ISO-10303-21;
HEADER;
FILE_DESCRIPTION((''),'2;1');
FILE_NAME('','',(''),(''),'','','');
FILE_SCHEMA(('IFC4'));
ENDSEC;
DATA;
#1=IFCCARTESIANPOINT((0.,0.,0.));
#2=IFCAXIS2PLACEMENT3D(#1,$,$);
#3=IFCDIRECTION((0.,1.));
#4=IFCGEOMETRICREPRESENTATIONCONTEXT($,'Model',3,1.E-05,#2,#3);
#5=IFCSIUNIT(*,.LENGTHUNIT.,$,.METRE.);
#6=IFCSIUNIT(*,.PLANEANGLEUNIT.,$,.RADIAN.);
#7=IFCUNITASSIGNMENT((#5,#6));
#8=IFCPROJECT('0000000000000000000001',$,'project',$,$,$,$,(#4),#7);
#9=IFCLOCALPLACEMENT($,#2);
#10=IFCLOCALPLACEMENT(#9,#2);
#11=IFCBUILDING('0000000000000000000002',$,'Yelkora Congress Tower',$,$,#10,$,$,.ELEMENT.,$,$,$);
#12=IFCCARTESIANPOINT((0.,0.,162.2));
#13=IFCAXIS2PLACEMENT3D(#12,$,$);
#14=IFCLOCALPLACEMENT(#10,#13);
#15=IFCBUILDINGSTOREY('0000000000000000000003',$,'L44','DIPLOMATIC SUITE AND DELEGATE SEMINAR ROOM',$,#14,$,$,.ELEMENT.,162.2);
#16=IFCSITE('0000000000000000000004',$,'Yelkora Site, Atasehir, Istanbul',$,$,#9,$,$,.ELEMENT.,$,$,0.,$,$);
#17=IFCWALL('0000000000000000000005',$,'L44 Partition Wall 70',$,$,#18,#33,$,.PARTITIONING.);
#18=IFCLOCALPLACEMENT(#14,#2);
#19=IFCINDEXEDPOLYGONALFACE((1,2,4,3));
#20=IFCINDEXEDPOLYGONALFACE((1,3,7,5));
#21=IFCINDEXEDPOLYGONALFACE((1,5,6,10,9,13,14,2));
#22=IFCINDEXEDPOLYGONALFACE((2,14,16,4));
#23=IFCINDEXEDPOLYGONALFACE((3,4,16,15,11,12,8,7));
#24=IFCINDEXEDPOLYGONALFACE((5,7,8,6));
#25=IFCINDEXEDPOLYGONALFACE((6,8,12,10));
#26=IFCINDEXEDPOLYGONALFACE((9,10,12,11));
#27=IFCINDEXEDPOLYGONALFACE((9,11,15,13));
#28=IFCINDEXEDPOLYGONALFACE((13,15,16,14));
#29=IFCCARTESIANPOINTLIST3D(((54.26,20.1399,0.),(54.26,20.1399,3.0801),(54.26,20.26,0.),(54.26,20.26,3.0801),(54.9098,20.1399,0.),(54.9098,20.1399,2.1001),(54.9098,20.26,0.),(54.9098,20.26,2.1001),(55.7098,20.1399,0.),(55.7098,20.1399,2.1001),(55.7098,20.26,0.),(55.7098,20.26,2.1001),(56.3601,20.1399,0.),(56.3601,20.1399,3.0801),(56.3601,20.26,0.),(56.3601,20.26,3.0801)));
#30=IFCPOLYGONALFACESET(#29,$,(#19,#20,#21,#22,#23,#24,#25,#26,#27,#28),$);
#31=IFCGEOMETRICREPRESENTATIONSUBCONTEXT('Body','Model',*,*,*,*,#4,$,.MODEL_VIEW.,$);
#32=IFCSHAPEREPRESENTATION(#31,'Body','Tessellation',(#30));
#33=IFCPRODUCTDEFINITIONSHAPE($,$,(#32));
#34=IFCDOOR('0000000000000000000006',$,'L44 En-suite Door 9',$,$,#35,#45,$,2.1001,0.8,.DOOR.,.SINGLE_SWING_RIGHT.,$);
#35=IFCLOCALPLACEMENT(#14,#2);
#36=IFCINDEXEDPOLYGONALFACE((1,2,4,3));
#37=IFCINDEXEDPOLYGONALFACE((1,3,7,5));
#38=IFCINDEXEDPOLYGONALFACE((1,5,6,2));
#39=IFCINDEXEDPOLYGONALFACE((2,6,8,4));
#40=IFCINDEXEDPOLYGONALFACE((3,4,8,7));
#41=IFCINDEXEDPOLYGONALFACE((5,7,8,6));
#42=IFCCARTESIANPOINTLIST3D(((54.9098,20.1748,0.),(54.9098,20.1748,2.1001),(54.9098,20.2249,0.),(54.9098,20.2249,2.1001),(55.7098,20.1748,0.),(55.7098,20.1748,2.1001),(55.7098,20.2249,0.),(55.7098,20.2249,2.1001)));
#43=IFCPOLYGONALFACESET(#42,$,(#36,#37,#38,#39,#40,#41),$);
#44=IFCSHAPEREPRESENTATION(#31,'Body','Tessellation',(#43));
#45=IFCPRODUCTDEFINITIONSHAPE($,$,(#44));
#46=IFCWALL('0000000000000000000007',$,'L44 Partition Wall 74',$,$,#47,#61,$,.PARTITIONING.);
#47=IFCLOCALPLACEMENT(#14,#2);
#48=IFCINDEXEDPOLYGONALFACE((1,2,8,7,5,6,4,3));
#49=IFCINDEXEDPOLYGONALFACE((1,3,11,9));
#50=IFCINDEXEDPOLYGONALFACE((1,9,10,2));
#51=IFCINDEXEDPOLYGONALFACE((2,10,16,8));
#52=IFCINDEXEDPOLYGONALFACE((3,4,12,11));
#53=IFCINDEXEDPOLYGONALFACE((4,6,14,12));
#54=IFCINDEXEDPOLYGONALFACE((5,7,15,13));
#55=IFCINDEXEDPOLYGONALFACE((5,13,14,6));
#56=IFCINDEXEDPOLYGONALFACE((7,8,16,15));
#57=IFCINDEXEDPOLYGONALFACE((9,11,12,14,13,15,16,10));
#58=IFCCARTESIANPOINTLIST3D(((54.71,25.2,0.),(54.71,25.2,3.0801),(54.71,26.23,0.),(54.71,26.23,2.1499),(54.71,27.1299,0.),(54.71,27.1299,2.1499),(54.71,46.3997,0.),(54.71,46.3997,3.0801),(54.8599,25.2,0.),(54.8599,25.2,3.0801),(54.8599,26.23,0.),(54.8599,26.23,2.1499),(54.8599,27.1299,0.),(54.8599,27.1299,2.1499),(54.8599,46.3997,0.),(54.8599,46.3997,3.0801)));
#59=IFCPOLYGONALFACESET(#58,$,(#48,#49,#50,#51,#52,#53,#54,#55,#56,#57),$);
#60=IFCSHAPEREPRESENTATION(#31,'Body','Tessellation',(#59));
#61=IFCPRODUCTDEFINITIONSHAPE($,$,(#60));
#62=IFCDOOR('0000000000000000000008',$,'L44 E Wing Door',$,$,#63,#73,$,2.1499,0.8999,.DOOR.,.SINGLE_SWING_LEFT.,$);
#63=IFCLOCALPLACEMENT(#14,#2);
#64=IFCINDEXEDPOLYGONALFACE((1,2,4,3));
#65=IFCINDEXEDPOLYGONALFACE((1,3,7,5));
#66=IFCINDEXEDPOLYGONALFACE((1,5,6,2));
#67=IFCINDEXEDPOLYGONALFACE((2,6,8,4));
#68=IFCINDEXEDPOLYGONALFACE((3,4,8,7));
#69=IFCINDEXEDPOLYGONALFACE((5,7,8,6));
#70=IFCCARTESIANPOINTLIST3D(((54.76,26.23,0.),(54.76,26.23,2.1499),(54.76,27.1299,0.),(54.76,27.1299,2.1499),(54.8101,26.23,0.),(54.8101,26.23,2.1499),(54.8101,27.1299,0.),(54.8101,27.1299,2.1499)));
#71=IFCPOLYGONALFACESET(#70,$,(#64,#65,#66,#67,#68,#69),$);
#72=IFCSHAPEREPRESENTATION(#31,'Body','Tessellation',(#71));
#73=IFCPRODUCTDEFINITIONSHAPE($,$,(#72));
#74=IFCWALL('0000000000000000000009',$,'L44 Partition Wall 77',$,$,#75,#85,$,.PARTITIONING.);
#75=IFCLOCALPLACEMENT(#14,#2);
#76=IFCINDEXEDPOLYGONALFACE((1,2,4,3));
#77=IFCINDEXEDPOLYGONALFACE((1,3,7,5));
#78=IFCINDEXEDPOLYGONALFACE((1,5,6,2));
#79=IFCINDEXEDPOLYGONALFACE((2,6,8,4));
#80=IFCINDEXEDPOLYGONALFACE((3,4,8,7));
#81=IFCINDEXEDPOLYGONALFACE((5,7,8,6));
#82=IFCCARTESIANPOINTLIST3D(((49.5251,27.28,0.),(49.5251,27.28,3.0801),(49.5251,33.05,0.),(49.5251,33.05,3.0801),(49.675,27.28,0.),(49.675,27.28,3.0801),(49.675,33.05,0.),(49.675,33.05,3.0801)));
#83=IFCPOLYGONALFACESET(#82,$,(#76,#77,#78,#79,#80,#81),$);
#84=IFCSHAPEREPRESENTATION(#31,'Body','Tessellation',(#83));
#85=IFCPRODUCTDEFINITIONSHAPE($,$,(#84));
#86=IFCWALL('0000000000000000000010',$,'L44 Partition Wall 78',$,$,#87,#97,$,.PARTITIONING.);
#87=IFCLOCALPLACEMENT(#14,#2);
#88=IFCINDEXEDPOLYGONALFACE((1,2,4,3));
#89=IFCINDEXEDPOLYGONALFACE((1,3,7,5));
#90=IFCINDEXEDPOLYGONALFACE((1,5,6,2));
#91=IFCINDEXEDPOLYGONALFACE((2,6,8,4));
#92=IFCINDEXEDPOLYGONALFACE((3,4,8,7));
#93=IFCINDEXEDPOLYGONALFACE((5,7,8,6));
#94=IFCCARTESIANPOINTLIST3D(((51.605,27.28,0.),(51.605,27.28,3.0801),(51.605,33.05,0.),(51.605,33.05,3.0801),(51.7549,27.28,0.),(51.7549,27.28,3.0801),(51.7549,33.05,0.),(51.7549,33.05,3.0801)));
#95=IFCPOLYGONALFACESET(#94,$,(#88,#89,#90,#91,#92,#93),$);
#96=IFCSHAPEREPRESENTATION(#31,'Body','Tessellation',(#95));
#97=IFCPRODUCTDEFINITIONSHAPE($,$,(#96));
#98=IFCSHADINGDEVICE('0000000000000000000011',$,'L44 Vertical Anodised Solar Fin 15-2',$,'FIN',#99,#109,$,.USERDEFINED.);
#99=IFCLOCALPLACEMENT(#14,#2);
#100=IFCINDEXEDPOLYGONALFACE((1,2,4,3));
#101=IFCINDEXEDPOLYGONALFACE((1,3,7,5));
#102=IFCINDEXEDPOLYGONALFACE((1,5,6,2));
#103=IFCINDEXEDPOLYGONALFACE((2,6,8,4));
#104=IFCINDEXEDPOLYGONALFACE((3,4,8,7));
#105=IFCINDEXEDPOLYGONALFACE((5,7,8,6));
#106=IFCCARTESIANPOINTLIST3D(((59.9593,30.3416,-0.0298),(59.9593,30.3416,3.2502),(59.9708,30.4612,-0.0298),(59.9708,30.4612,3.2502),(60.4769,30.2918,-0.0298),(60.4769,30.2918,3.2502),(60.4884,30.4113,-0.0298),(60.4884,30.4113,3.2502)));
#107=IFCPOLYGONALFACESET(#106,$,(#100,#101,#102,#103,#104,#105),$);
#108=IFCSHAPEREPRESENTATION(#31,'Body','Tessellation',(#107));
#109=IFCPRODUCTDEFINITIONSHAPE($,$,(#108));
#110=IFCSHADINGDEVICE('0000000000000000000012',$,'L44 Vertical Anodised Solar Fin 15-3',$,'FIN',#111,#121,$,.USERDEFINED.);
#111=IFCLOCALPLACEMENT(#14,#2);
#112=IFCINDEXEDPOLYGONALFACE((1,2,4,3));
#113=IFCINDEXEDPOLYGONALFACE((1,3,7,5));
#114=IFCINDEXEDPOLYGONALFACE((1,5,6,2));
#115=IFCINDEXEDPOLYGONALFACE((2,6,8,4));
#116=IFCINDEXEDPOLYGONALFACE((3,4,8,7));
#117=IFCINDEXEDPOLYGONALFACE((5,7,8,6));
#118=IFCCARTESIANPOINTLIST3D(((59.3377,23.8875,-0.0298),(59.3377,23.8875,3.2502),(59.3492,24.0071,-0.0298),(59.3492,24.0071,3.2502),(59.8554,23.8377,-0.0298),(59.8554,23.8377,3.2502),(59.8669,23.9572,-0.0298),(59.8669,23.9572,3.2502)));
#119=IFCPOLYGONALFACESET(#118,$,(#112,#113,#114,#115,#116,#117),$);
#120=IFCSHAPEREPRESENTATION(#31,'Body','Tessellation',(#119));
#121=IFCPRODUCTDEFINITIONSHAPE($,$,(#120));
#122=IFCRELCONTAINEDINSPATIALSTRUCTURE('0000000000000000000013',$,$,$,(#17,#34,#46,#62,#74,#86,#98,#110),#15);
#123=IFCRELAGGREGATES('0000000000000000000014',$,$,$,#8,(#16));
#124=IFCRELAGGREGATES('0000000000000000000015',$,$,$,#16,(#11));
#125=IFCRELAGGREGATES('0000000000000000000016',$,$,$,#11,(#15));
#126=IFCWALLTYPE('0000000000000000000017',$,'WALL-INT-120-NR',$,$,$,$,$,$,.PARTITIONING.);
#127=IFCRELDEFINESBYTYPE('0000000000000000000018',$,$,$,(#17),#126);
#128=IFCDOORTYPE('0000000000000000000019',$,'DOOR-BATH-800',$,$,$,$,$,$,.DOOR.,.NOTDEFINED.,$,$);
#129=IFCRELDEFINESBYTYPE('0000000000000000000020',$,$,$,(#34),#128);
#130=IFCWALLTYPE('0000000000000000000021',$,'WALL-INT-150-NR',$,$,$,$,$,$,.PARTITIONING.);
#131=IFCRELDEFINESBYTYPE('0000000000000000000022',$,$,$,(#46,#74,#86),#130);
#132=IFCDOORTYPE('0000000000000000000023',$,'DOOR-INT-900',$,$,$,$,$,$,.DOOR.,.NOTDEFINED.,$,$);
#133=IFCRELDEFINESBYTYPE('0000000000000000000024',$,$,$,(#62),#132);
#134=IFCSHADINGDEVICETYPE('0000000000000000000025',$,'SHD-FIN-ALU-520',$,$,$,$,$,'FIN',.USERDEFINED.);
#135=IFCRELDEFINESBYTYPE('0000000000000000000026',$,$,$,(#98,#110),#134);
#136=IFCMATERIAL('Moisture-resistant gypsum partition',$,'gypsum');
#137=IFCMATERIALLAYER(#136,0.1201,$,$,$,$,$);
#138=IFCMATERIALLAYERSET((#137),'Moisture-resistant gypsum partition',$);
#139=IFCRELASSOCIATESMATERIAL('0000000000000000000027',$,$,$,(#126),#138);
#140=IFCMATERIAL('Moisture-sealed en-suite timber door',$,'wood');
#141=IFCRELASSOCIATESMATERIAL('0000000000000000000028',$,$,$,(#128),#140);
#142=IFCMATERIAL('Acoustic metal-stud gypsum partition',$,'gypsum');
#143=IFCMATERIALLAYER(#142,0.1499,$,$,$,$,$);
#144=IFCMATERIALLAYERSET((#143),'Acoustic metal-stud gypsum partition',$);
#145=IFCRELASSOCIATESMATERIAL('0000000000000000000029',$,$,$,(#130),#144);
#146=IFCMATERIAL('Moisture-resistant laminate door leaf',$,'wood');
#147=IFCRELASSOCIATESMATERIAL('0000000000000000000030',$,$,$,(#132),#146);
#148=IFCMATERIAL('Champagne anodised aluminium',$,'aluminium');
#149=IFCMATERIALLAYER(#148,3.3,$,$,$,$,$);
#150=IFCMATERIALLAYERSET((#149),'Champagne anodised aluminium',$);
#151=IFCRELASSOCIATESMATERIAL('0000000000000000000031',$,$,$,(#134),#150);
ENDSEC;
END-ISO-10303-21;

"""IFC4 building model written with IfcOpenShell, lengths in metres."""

from ifc_helpers import new_model, si_unit, direction, frame, frame_2d, origin, origin_2d, place, context, subcontext, project, spatial, rectangle, extrude, material, layer, layer_set, type_object, element, fill, save


model = new_model("IFC4")

# Units and contexts
model_context = context("Model", 3, precision=1e-05, world=origin(), true_north=direction((0.0, 1.0)))
body_context = subcontext(model_context, "Body", "Model", "MODEL_VIEW")
ifc_project = project(units=[si_unit("LENGTHUNIT", "METRE"), si_unit("PLANEANGLEUNIT", "RADIAN")], contexts=[model_context])

# Site, building, storey
site_placement = place(None, origin())
site = spatial("IfcSite", under=ifc_project, at=site_placement, Name="Yelkora Site, Atasehir, Istanbul", CompositionType="ELEMENT", RefElevation=0.0)
building_placement = place(site_placement, origin())
building = spatial("IfcBuilding", under=site, at=building_placement, Name="Yelkora Congress Tower", CompositionType="ELEMENT")
storey_placement = place(building_placement, frame((0.0, 0.0, 162.2)))
storey = spatial("IfcBuildingStorey", under=building, at=storey_placement, Name="L44", Description="DIPLOMATIC SUITE AND DELEGATE SEMINAR ROOM", CompositionType="ELEMENT", Elevation=162.2)

# Shared definitions
ifc_material_1 = material(Name="Moisture-resistant gypsum partition", Category="gypsum")
ifc_layer_1 = layer(ifc_material_1, 0.1201)
ifc_layer_set_1 = layer_set([ifc_layer_1], Name="Moisture-resistant gypsum partition")
wall_type_1 = type_object("IfcWallType", Name="WALL-INT-120-NR", PredefinedType="PARTITIONING", material=ifc_layer_set_1)

# Walls, openings, doors
wall_1_placement = place(storey_placement, frame((54.26, 20.2, 0.0), z_axis=(0.0, 0.0, 1.0), x_axis=(1.0, 0.0, 0.0)))
wall_1 = element("IfcWall", 1, at=wall_1_placement, inside=storey, type_object=wall_type_1, Name="L44 Partition Wall 70", PredefinedType="PARTITIONING", context=body_context, shape_type="SweptSolid", body=[
    extrude(rectangle(XDim=2.1001, YDim=0.1201, at=frame_2d((1.05, 0.0))), origin(), (0.0, 0.0, 1.0), 3.0801),
])
opening_1_placement = place(wall_1_placement, frame((0.6499, 0.0, 0.0)))
opening_1 = element("IfcOpeningElement", 2, at=opening_1_placement, cuts=wall_1, PredefinedType="OPENING", context=body_context, shape_type="SweptSolid", body=[
    extrude(rectangle(XDim=0.8, YDim=2.1001, at=frame_2d((0.3999, 1.05))), frame((0.0, 0.0701, 0.0), z_axis=(0.0, -1.0, 0.0), x_axis=(1.0, 0.0, 0.0)), (0.0, 0.0, 1.0), 0.1401),
])
ifc_material_2 = material(Name="Moisture-sealed en-suite timber door", Category="wood")
door_type_1 = type_object("IfcDoorType", Name="DOOR-BATH-800", OperationType="NOTDEFINED", PredefinedType="DOOR", material=ifc_material_2)
door_1_placement = place(opening_1_placement, origin())
door_1 = element("IfcDoor", 3, at=door_1_placement, inside=storey, type_object=door_type_1, Name="L44 En-suite Door 9", OperationType="SINGLE_SWING_RIGHT", OverallHeight=2.1001, OverallWidth=0.8, PredefinedType="DOOR", context=body_context, shape_type="SweptSolid", body=[
    extrude(rectangle(XDim=0.8, YDim=2.1001, at=frame_2d((0.3999, 1.05))), frame((0.0, 0.0249, 0.0), z_axis=(0.0, -1.0, 0.0), x_axis=(1.0, 0.0, 0.0)), (0.0, 0.0, 1.0), 0.05),
])
fill(opening_1, door_1)
ifc_material_3 = material(Name="Acoustic metal-stud gypsum partition", Category="gypsum")
ifc_layer_2 = layer(ifc_material_3, 0.1499)
ifc_layer_set_2 = layer_set([ifc_layer_2], Name="Acoustic metal-stud gypsum partition")
wall_type_2 = type_object("IfcWallType", Name="WALL-INT-150-NR", PredefinedType="PARTITIONING", material=ifc_layer_set_2)
wall_2_placement = place(storey_placement, frame((54.7849, 25.2, 0.0), z_axis=(0.0, 0.0, 1.0), x_axis=(0.0, 1.0, 0.0)))
wall_2 = element("IfcWall", 4, at=wall_2_placement, inside=storey, type_object=wall_type_2, Name="L44 Partition Wall 74", PredefinedType="PARTITIONING", context=body_context, shape_type="SweptSolid", body=[
    extrude(rectangle(XDim=21.1997, YDim=0.1499, at=frame_2d((10.5999, 0.0))), origin(), (0.0, 0.0, 1.0), 3.0801),
])
opening_2_placement = place(wall_2_placement, frame((1.03, 0.0, 0.0)))
opening_2 = element("IfcOpeningElement", 5, at=opening_2_placement, cuts=wall_2, PredefinedType="OPENING", context=body_context, shape_type="SweptSolid", body=[
    extrude(rectangle(XDim=0.8999, YDim=2.1499, at=frame_2d((0.45, 1.075))), frame((0.0, 0.085, 0.0), z_axis=(0.0, -1.0, 0.0), x_axis=(1.0, 0.0, 0.0)), (0.0, 0.0, 1.0), 0.1699),
])
ifc_material_4 = material(Name="Moisture-resistant laminate door leaf", Category="wood")
door_type_2 = type_object("IfcDoorType", Name="DOOR-INT-900", OperationType="NOTDEFINED", PredefinedType="DOOR", material=ifc_material_4)
door_2_placement = place(opening_2_placement, origin())
door_2 = element("IfcDoor", 6, at=door_2_placement, inside=storey, type_object=door_type_2, Name="L44 E Wing Door", OperationType="SINGLE_SWING_LEFT", OverallHeight=2.1499, OverallWidth=0.8999, PredefinedType="DOOR", context=body_context, shape_type="SweptSolid", body=[
    extrude(rectangle(XDim=0.8999, YDim=2.1499, at=frame_2d((0.45, 1.075))), frame((0.0, 0.0249, 0.0), z_axis=(0.0, -1.0, 0.0), x_axis=(1.0, 0.0, 0.0)), (0.0, 0.0, 1.0), 0.05),
])
fill(opening_2, door_2)

# Walls
for number, where, z_axis, x_axis, name in (
    (7, (49.6001, 27.28, 0.0), (0.0, 0.0, 1.0), (0.0, 1.0, 0.0), "L44 Partition Wall 77"),
    (8, (51.6799, 27.28, 0.0), (0.0, 0.0, 1.0), (0.0, 1.0, 0.0), "L44 Partition Wall 78"),
):
    element("IfcWall", number, at=place(storey_placement, frame(where, z_axis=z_axis, x_axis=x_axis)), inside=storey, type_object=wall_type_2, Name=name, PredefinedType="PARTITIONING", context=body_context, shape_type="SweptSolid", body=[
        extrude(rectangle(XDim=5.77, YDim=0.1499, at=frame_2d((2.885, 0.0))), origin(), (0.0, 0.0, 1.0), 3.0801),
    ])

# Shading devices
ifc_material_5 = material(Name="Champagne anodised aluminium", Category="aluminium")
ifc_layer_3 = layer(ifc_material_5, 3.3)
ifc_layer_set_3 = layer_set([ifc_layer_3], Name="Champagne anodised aluminium")
shading_device_type = type_object("IfcShadingDeviceType", Name="SHD-FIN-ALU-520", ElementType="FIN", PredefinedType="USERDEFINED", material=ifc_layer_set_3)
for number, where, z_axis, x_axis, name in (
    (9, (60.2239, 30.3765, -0.0298), (0.0, 0.0, 1.0), (-0.095846, -0.995396, 0.0), "L44 Vertical Anodised Solar Fin 15-2"),
    (10, (59.6023, 23.9224, -0.0298), (0.0, 0.0, 1.0), (-0.095846, -0.995396, 0.0), "L44 Vertical Anodised Solar Fin 15-3"),
):
    element("IfcShadingDevice", number, at=place(storey_placement, frame(where, z_axis=z_axis, x_axis=x_axis)), inside=storey, type_object=shading_device_type, Name=name, ObjectType="FIN", PredefinedType="USERDEFINED", context=body_context, shape_type="SweptSolid", body=[
        extrude(rectangle(XDim=0.1201, YDim=0.52, at=origin_2d()), origin(), (0.0, 0.0, 1.0), 3.28),
    ])

save(model, "model.ifc")
